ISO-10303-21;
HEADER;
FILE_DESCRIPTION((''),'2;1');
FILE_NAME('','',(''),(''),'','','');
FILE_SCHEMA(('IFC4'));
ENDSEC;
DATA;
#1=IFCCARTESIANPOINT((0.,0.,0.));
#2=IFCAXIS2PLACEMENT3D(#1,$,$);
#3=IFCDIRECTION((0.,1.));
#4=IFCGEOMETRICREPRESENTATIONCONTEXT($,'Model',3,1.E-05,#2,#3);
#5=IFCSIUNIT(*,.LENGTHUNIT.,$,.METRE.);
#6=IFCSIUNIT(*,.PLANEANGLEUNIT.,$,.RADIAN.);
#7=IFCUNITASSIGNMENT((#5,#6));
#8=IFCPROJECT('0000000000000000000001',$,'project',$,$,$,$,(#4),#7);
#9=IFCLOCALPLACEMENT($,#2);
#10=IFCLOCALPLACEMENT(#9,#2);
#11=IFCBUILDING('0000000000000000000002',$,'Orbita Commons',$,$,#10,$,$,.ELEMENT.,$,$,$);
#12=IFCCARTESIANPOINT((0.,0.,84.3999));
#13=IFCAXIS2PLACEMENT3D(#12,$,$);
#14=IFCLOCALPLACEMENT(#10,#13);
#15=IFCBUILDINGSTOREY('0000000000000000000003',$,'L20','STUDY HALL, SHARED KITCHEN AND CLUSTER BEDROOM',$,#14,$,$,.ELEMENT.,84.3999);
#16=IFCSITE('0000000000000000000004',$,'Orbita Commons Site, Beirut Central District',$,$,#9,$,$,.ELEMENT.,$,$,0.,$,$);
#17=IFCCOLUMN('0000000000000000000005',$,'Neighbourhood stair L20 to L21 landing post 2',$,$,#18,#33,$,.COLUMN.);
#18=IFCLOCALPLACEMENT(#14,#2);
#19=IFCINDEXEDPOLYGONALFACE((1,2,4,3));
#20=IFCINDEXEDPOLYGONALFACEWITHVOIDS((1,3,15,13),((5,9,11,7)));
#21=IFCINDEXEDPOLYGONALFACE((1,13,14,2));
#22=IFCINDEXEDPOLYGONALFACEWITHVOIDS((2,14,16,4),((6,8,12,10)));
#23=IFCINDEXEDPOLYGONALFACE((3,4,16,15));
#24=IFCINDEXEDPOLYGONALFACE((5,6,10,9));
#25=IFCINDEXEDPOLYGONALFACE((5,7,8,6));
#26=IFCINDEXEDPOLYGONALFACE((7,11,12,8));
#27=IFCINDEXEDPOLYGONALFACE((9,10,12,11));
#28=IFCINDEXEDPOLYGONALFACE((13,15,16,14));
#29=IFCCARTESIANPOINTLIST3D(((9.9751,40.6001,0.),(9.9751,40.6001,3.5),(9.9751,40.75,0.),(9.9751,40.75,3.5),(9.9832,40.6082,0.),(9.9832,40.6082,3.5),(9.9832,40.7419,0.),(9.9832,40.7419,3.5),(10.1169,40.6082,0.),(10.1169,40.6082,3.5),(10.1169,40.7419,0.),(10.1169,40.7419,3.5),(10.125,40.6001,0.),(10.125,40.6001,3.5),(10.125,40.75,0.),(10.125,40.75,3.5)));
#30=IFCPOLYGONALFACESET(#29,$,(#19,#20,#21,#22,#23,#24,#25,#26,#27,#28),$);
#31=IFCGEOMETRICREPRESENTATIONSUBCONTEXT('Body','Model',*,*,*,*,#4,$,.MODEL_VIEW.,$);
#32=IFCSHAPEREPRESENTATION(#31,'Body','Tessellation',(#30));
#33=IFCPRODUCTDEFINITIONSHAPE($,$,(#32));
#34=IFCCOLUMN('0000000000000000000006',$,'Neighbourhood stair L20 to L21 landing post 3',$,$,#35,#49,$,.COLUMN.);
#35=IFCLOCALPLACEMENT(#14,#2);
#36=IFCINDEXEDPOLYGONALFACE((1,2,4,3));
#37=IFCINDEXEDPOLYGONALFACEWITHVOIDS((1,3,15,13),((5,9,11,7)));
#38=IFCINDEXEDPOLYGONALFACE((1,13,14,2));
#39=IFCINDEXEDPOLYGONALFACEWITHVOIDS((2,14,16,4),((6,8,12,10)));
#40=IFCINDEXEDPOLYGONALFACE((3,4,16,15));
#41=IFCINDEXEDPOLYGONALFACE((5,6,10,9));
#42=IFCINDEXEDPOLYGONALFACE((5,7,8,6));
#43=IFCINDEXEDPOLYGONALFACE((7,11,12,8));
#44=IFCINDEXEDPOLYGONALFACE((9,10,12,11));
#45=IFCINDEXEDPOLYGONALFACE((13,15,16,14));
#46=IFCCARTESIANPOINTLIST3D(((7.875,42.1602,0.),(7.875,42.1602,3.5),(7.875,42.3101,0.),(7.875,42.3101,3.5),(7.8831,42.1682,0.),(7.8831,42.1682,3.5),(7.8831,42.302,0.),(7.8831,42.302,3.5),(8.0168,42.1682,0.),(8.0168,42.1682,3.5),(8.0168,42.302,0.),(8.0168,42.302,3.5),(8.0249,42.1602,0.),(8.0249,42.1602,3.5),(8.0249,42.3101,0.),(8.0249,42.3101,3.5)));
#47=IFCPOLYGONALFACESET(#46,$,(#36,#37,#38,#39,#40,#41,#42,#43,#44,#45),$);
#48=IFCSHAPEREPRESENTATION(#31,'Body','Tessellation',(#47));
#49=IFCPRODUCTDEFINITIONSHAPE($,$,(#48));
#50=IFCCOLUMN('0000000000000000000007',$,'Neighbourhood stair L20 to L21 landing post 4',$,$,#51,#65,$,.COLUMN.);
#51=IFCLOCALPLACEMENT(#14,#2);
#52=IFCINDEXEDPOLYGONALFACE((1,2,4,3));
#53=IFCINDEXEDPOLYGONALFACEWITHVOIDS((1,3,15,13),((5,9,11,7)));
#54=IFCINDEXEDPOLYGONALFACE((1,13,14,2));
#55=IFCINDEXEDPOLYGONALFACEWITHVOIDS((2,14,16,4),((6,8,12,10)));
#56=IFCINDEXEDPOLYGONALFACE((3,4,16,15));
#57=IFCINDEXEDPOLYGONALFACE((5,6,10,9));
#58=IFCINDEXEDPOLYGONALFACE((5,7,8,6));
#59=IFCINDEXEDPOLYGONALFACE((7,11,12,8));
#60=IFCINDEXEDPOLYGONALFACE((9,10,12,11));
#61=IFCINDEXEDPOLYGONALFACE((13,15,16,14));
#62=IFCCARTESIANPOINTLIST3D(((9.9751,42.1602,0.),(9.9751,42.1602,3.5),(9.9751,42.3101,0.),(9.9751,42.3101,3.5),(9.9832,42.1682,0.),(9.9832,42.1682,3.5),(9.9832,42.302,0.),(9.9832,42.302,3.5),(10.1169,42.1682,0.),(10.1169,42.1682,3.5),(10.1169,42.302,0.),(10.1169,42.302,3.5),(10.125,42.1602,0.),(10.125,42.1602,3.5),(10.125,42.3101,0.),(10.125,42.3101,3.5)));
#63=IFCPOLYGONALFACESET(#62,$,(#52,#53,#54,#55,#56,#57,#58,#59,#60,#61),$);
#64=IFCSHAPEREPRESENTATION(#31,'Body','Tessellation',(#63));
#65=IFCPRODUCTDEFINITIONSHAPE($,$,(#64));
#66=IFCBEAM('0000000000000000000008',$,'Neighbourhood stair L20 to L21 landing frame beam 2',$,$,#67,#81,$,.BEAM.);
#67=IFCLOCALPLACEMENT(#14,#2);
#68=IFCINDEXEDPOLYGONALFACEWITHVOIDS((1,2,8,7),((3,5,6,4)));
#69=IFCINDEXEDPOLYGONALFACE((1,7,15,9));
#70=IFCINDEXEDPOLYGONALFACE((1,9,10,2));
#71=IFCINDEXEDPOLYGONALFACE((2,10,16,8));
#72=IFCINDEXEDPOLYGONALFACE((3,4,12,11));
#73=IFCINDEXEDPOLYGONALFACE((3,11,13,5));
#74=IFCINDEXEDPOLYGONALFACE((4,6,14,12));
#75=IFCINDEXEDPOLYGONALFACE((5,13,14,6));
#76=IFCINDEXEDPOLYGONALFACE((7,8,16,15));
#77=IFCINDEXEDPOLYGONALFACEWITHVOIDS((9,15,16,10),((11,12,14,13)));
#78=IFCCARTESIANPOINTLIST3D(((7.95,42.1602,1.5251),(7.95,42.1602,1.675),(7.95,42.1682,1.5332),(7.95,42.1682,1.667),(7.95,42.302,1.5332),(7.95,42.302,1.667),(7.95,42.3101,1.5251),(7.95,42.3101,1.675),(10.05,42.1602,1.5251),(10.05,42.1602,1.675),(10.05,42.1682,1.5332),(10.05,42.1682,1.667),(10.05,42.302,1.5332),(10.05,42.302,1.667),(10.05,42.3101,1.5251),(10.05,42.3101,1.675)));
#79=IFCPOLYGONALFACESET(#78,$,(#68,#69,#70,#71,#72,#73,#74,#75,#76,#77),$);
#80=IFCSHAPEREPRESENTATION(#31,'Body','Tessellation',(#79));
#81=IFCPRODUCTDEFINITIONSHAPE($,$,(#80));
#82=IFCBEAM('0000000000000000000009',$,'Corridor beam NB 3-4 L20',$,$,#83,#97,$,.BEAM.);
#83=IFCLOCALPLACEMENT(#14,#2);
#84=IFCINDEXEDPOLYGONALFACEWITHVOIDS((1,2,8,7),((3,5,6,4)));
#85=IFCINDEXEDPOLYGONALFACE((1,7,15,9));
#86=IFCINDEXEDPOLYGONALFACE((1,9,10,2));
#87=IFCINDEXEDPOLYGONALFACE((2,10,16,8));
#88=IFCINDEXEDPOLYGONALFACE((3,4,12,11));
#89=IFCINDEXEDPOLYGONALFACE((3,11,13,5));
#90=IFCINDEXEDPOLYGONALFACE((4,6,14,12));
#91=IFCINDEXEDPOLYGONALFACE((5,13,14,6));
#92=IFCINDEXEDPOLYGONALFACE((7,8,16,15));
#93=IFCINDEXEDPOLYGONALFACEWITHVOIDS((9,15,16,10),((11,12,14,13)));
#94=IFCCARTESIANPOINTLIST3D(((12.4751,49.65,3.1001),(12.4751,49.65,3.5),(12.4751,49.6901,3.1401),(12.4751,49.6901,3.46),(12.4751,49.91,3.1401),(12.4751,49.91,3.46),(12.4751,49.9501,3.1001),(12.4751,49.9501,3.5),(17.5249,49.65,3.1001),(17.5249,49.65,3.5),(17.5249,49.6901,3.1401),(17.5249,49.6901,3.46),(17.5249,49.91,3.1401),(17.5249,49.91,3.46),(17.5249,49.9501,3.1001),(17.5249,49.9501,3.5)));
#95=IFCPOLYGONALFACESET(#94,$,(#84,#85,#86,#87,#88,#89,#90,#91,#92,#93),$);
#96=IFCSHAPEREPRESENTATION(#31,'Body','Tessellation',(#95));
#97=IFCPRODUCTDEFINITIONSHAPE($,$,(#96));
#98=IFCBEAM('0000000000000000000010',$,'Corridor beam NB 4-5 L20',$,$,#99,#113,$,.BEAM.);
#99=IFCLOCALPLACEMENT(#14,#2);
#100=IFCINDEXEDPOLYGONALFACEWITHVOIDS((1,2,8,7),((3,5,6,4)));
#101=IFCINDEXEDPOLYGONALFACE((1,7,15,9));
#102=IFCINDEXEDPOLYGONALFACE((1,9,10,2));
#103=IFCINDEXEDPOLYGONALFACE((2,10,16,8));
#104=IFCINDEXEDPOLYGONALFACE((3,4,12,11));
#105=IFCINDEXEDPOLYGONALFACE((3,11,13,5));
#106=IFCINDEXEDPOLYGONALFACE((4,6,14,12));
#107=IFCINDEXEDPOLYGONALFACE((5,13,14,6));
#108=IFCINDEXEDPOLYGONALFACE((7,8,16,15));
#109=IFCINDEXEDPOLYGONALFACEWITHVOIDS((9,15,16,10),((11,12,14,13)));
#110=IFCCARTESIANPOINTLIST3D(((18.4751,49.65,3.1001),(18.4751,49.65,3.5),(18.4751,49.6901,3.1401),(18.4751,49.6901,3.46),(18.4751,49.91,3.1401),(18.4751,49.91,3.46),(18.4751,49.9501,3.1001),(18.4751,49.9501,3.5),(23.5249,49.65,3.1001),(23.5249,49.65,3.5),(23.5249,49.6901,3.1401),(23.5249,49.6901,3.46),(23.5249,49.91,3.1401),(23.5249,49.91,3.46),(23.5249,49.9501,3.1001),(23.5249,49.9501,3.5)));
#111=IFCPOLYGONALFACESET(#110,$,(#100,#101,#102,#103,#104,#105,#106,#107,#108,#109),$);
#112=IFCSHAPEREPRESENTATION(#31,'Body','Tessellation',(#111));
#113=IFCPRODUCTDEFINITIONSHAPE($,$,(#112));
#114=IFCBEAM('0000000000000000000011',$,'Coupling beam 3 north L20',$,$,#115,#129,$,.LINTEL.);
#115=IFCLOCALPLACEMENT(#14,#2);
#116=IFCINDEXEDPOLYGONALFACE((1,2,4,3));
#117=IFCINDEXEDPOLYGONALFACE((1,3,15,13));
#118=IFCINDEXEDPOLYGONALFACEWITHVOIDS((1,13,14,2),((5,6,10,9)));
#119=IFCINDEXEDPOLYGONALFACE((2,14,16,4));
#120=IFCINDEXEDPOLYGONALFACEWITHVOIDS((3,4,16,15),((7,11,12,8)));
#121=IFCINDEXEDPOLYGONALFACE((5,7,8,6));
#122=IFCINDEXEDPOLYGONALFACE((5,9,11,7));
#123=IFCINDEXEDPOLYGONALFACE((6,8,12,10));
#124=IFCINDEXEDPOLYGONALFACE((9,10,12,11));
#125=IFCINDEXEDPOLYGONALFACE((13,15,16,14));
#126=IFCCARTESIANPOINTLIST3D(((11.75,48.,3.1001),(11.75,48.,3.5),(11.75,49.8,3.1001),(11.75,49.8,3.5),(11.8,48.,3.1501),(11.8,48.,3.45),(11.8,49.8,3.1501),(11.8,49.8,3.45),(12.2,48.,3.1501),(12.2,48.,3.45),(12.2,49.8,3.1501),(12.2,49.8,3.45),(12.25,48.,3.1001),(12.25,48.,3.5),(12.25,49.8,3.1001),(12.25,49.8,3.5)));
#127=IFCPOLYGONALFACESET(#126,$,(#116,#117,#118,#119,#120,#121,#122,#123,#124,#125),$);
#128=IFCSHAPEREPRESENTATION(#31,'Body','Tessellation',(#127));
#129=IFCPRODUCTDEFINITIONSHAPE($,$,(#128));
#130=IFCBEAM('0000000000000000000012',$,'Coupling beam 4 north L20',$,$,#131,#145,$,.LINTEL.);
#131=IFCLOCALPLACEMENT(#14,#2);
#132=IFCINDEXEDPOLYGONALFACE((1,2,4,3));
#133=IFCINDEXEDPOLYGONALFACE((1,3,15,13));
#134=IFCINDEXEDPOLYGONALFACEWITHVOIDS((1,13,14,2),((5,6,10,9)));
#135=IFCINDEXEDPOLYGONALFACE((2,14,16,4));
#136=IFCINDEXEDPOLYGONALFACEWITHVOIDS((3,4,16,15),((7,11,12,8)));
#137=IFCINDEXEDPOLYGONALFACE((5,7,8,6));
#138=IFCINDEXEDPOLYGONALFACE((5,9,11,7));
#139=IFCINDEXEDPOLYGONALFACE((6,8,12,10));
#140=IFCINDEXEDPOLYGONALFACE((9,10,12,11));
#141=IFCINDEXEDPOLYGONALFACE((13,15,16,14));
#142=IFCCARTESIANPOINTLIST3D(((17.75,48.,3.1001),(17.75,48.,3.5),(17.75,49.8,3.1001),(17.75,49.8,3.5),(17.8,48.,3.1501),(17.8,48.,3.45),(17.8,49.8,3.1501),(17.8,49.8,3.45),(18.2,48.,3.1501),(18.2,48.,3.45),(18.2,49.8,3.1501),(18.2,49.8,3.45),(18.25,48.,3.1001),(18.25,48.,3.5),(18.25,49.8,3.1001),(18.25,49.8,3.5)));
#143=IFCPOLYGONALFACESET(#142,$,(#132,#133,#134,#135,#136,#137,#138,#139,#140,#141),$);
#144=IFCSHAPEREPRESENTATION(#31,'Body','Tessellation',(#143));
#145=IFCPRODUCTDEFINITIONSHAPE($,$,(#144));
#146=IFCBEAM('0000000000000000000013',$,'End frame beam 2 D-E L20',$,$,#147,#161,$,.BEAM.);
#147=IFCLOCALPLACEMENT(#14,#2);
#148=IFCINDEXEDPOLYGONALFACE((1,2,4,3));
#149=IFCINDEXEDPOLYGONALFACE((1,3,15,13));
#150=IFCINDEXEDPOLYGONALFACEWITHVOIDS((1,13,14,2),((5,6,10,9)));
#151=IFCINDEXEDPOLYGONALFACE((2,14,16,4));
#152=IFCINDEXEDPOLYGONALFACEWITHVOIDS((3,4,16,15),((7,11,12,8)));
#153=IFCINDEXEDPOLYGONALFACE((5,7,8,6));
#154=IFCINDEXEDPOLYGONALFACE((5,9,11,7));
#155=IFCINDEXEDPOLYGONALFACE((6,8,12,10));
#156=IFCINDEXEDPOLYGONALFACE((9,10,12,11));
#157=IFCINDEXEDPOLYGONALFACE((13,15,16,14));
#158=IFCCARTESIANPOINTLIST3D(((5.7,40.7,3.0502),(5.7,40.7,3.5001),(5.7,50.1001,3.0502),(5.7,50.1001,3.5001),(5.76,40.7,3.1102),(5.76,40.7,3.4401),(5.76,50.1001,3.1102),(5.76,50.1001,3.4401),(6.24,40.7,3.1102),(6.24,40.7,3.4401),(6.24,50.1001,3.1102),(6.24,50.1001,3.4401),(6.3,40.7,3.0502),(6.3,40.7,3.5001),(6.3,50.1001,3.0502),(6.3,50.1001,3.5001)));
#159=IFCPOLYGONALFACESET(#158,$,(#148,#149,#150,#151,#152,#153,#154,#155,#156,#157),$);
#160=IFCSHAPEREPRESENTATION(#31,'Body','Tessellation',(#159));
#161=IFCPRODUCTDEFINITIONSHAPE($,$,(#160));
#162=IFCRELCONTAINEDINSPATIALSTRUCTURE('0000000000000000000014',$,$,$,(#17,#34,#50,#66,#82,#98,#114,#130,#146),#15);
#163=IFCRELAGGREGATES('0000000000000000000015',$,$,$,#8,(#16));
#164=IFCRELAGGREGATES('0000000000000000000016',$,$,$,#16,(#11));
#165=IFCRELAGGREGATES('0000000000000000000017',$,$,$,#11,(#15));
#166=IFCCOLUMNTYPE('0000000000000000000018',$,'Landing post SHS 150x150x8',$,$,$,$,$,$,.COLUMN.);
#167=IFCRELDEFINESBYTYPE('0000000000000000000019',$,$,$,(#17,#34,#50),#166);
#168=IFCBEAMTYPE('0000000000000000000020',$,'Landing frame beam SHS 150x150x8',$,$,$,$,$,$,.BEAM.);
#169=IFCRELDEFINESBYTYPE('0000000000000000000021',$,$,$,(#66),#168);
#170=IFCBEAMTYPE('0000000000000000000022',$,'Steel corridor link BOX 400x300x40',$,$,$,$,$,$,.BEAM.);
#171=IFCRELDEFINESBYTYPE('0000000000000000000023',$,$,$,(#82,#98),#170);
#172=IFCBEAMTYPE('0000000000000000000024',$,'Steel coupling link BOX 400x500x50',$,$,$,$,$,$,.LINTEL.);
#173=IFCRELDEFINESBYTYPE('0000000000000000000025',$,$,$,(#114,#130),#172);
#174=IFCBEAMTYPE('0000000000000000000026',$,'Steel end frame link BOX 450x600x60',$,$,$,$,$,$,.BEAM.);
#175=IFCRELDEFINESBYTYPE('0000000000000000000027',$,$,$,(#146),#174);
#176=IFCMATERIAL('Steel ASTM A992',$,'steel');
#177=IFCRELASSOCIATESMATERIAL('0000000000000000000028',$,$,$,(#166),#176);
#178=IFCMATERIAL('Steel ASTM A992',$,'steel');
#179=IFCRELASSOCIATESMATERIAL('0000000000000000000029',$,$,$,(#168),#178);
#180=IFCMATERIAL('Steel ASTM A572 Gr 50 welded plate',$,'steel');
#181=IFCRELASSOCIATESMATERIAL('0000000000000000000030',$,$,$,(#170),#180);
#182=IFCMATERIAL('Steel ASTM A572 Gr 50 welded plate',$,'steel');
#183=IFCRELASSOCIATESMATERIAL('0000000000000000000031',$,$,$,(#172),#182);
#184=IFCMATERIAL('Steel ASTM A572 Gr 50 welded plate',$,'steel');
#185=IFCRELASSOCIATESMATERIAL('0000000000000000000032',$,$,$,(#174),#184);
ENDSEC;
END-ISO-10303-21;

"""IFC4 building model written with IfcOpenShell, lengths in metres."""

from ifc_helpers import new_model, si_unit, direction, frame, origin, origin_2d, place, context, subcontext, project, spatial, hollow_rectangle, extrude, material, material_profile, profile_set, type_object, element, save


model = new_model("IFC4")

# Units and contexts
model_context = context("Model", 3, precision=1e-05, world=origin(), true_north=direction((0.0, 1.0)))
body_context = subcontext(model_context, "Body", "Model", "MODEL_VIEW")
ifc_project = project(units=[si_unit("LENGTHUNIT", "METRE"), si_unit("PLANEANGLEUNIT", "RADIAN")], contexts=[model_context])

# Site, building, storey
site_placement = place(None, origin())
site = spatial("IfcSite", under=ifc_project, at=site_placement, Name="Orbita Commons Site, Beirut Central District", CompositionType="ELEMENT", RefElevation=0.0)
building_placement = place(site_placement, origin())
building = spatial("IfcBuilding", under=site, at=building_placement, Name="Orbita Commons", CompositionType="ELEMENT")
storey_placement = place(building_placement, frame((0.0, 0.0, 84.3999)))
storey = spatial("IfcBuildingStorey", under=building, at=storey_placement, Name="L20", Description="STUDY HALL, SHARED KITCHEN AND CLUSTER BEDROOM", CompositionType="ELEMENT", Elevation=84.3999)

# Columns
ifc_material_1 = material(Name="Steel ASTM A992", Category="steel")
ifc_material_profile_1 = material_profile(ifc_material_1, hollow_rectangle(XDim=0.1499, YDim=0.1499, WallThickness=0.0081, at=origin_2d()), Name="SHS 150x150x8")
ifc_profile_set_1 = profile_set([ifc_material_profile_1], Name="Steel ASTM A992")
column_type = type_object("IfcColumnType", Name="Landing post SHS 150x150x8", PredefinedType="COLUMN", material=ifc_profile_set_1)
for number, where, z_axis, x_axis, name in (
    (1, (10.05, 40.675, 0.0), (0.0, 0.0, 1.0), (1.0, 0.0, 0.0), "Neighbourhood stair L20 to L21 landing post 2"),
    (2, (7.95, 42.2351, 0.0), (0.0, 0.0, 1.0), (1.0, 0.0, 0.0), "Neighbourhood stair L20 to L21 landing post 3"),
    (3, (10.05, 42.2351, 0.0), (0.0, 0.0, 1.0), (1.0, 0.0, 0.0), "Neighbourhood stair L20 to L21 landing post 4"),
):
    element("IfcColumn", number, at=place(storey_placement, frame(where, z_axis=z_axis, x_axis=x_axis)), inside=storey, type_object=column_type, Name=name, PredefinedType="COLUMN", context=body_context, shape_type="SweptSolid", body=[
        extrude(hollow_rectangle(XDim=0.1499, YDim=0.1499, WallThickness=0.0081, at=origin_2d()), origin(), (0.0, 0.0, 1.0), 3.5),
    ])

# Beams
ifc_material_2 = material(Name="Steel ASTM A992", Category="steel")
ifc_material_profile_2 = material_profile(ifc_material_2, hollow_rectangle(XDim=0.1499, YDim=0.1499, WallThickness=0.0081, at=origin_2d()), Name="SHS 150x150x8")
ifc_profile_set_2 = profile_set([ifc_material_profile_2], Name="Steel ASTM A992")
beam_type_1 = type_object("IfcBeamType", Name="Landing frame beam SHS 150x150x8", PredefinedType="BEAM", material=ifc_profile_set_2)
beam_1_placement = place(storey_placement, frame((7.95, 42.2351, 1.6001), z_axis=(1.0, 0.0, 0.0), x_axis=(0.0, 1.0, 0.0)))
element("IfcBeam", 4, at=beam_1_placement, inside=storey, type_object=beam_type_1, Name="Neighbourhood stair L20 to L21 landing frame beam 2", PredefinedType="BEAM", context=body_context, shape_type="SweptSolid", body=[
    extrude(hollow_rectangle(XDim=0.1499, YDim=0.1499, WallThickness=0.0081, at=origin_2d()), origin(), (0.0, 0.0, 1.0), 2.1001),
])
ifc_material_3 = material(Name="Steel ASTM A572 Gr 50 welded plate", Category="steel")
ifc_material_profile_3 = material_profile(ifc_material_3, hollow_rectangle(XDim=0.3, YDim=0.3999, WallThickness=0.04, at=origin_2d()), Name="BOX 400x300x40")
ifc_profile_set_3 = profile_set([ifc_material_profile_3], Name="Steel ASTM A572 Gr 50 welded plate")
beam_type_2 = type_object("IfcBeamType", Name="Steel corridor link BOX 400x300x40", PredefinedType="BEAM", material=ifc_profile_set_3)
for number, where, z_axis, x_axis, name in (
    (5, (12.4751, 49.8, 3.3), (1.0, 0.0, 0.0), (0.0, 1.0, 0.0), "Corridor beam NB 3-4 L20"),
    (6, (18.4751, 49.8, 3.3), (1.0, 0.0, 0.0), (0.0, 1.0, 0.0), "Corridor beam NB 4-5 L20"),
):
    element("IfcBeam", number, at=place(storey_placement, frame(where, z_axis=z_axis, x_axis=x_axis)), inside=storey, type_object=beam_type_2, Name=name, PredefinedType="BEAM", context=body_context, shape_type="SweptSolid", body=[
        extrude(hollow_rectangle(XDim=0.3, YDim=0.3999, WallThickness=0.04, at=origin_2d()), origin(), (0.0, 0.0, 1.0), 5.0498),
    ])
ifc_material_4 = material(Name="Steel ASTM A572 Gr 50 welded plate", Category="steel")
ifc_material_profile_4 = material_profile(ifc_material_4, hollow_rectangle(XDim=0.5, YDim=0.3999, WallThickness=0.05, at=origin_2d()), Name="BOX 400x500x50")
ifc_profile_set_4 = profile_set([ifc_material_profile_4], Name="Steel ASTM A572 Gr 50 welded plate")
beam_type_3 = type_object("IfcBeamType", Name="Steel coupling link BOX 400x500x50", PredefinedType="LINTEL", material=ifc_profile_set_4)
for number, where, z_axis, x_axis, name in (
    (7, (12.0, 48.0, 3.3), (0.0, 1.0, 0.0), (-1.0, 0.0, 0.0), "Coupling beam 3 north L20"),
    (8, (18.0, 48.0, 3.3), (0.0, 1.0, 0.0), (-1.0, 0.0, 0.0), "Coupling beam 4 north L20"),
):
    element("IfcBeam", number, at=place(storey_placement, frame(where, z_axis=z_axis, x_axis=x_axis)), inside=storey, type_object=beam_type_3, Name=name, PredefinedType="LINTEL", context=body_context, shape_type="SweptSolid", body=[
        extrude(hollow_rectangle(XDim=0.5, YDim=0.3999, WallThickness=0.05, at=origin_2d()), origin(), (0.0, 0.0, 1.0), 1.8),
    ])
ifc_material_5 = material(Name="Steel ASTM A572 Gr 50 welded plate", Category="steel")
ifc_material_profile_5 = material_profile(ifc_material_5, hollow_rectangle(XDim=0.6001, YDim=0.45, WallThickness=0.0601, at=origin_2d()), Name="BOX 450x600x60")
ifc_profile_set_5 = profile_set([ifc_material_profile_5], Name="Steel ASTM A572 Gr 50 welded plate")
beam_type_4 = type_object("IfcBeamType", Name="Steel end frame link BOX 450x600x60", PredefinedType="BEAM", material=ifc_profile_set_5)
beam_2_placement = place(storey_placement, frame((6.0, 40.7, 3.2751), z_axis=(0.0, 1.0, 0.0), x_axis=(-1.0, 0.0, 0.0)))
element("IfcBeam", 9, at=beam_2_placement, inside=storey, type_object=beam_type_4, Name="End frame beam 2 D-E L20", PredefinedType="BEAM", context=body_context, shape_type="SweptSolid", body=[
    extrude(hollow_rectangle(XDim=0.6001, YDim=0.45, WallThickness=0.0601, at=origin_2d()), origin(), (0.0, 0.0, 1.0), 9.4001),
])

save(model, "model.ifc")
